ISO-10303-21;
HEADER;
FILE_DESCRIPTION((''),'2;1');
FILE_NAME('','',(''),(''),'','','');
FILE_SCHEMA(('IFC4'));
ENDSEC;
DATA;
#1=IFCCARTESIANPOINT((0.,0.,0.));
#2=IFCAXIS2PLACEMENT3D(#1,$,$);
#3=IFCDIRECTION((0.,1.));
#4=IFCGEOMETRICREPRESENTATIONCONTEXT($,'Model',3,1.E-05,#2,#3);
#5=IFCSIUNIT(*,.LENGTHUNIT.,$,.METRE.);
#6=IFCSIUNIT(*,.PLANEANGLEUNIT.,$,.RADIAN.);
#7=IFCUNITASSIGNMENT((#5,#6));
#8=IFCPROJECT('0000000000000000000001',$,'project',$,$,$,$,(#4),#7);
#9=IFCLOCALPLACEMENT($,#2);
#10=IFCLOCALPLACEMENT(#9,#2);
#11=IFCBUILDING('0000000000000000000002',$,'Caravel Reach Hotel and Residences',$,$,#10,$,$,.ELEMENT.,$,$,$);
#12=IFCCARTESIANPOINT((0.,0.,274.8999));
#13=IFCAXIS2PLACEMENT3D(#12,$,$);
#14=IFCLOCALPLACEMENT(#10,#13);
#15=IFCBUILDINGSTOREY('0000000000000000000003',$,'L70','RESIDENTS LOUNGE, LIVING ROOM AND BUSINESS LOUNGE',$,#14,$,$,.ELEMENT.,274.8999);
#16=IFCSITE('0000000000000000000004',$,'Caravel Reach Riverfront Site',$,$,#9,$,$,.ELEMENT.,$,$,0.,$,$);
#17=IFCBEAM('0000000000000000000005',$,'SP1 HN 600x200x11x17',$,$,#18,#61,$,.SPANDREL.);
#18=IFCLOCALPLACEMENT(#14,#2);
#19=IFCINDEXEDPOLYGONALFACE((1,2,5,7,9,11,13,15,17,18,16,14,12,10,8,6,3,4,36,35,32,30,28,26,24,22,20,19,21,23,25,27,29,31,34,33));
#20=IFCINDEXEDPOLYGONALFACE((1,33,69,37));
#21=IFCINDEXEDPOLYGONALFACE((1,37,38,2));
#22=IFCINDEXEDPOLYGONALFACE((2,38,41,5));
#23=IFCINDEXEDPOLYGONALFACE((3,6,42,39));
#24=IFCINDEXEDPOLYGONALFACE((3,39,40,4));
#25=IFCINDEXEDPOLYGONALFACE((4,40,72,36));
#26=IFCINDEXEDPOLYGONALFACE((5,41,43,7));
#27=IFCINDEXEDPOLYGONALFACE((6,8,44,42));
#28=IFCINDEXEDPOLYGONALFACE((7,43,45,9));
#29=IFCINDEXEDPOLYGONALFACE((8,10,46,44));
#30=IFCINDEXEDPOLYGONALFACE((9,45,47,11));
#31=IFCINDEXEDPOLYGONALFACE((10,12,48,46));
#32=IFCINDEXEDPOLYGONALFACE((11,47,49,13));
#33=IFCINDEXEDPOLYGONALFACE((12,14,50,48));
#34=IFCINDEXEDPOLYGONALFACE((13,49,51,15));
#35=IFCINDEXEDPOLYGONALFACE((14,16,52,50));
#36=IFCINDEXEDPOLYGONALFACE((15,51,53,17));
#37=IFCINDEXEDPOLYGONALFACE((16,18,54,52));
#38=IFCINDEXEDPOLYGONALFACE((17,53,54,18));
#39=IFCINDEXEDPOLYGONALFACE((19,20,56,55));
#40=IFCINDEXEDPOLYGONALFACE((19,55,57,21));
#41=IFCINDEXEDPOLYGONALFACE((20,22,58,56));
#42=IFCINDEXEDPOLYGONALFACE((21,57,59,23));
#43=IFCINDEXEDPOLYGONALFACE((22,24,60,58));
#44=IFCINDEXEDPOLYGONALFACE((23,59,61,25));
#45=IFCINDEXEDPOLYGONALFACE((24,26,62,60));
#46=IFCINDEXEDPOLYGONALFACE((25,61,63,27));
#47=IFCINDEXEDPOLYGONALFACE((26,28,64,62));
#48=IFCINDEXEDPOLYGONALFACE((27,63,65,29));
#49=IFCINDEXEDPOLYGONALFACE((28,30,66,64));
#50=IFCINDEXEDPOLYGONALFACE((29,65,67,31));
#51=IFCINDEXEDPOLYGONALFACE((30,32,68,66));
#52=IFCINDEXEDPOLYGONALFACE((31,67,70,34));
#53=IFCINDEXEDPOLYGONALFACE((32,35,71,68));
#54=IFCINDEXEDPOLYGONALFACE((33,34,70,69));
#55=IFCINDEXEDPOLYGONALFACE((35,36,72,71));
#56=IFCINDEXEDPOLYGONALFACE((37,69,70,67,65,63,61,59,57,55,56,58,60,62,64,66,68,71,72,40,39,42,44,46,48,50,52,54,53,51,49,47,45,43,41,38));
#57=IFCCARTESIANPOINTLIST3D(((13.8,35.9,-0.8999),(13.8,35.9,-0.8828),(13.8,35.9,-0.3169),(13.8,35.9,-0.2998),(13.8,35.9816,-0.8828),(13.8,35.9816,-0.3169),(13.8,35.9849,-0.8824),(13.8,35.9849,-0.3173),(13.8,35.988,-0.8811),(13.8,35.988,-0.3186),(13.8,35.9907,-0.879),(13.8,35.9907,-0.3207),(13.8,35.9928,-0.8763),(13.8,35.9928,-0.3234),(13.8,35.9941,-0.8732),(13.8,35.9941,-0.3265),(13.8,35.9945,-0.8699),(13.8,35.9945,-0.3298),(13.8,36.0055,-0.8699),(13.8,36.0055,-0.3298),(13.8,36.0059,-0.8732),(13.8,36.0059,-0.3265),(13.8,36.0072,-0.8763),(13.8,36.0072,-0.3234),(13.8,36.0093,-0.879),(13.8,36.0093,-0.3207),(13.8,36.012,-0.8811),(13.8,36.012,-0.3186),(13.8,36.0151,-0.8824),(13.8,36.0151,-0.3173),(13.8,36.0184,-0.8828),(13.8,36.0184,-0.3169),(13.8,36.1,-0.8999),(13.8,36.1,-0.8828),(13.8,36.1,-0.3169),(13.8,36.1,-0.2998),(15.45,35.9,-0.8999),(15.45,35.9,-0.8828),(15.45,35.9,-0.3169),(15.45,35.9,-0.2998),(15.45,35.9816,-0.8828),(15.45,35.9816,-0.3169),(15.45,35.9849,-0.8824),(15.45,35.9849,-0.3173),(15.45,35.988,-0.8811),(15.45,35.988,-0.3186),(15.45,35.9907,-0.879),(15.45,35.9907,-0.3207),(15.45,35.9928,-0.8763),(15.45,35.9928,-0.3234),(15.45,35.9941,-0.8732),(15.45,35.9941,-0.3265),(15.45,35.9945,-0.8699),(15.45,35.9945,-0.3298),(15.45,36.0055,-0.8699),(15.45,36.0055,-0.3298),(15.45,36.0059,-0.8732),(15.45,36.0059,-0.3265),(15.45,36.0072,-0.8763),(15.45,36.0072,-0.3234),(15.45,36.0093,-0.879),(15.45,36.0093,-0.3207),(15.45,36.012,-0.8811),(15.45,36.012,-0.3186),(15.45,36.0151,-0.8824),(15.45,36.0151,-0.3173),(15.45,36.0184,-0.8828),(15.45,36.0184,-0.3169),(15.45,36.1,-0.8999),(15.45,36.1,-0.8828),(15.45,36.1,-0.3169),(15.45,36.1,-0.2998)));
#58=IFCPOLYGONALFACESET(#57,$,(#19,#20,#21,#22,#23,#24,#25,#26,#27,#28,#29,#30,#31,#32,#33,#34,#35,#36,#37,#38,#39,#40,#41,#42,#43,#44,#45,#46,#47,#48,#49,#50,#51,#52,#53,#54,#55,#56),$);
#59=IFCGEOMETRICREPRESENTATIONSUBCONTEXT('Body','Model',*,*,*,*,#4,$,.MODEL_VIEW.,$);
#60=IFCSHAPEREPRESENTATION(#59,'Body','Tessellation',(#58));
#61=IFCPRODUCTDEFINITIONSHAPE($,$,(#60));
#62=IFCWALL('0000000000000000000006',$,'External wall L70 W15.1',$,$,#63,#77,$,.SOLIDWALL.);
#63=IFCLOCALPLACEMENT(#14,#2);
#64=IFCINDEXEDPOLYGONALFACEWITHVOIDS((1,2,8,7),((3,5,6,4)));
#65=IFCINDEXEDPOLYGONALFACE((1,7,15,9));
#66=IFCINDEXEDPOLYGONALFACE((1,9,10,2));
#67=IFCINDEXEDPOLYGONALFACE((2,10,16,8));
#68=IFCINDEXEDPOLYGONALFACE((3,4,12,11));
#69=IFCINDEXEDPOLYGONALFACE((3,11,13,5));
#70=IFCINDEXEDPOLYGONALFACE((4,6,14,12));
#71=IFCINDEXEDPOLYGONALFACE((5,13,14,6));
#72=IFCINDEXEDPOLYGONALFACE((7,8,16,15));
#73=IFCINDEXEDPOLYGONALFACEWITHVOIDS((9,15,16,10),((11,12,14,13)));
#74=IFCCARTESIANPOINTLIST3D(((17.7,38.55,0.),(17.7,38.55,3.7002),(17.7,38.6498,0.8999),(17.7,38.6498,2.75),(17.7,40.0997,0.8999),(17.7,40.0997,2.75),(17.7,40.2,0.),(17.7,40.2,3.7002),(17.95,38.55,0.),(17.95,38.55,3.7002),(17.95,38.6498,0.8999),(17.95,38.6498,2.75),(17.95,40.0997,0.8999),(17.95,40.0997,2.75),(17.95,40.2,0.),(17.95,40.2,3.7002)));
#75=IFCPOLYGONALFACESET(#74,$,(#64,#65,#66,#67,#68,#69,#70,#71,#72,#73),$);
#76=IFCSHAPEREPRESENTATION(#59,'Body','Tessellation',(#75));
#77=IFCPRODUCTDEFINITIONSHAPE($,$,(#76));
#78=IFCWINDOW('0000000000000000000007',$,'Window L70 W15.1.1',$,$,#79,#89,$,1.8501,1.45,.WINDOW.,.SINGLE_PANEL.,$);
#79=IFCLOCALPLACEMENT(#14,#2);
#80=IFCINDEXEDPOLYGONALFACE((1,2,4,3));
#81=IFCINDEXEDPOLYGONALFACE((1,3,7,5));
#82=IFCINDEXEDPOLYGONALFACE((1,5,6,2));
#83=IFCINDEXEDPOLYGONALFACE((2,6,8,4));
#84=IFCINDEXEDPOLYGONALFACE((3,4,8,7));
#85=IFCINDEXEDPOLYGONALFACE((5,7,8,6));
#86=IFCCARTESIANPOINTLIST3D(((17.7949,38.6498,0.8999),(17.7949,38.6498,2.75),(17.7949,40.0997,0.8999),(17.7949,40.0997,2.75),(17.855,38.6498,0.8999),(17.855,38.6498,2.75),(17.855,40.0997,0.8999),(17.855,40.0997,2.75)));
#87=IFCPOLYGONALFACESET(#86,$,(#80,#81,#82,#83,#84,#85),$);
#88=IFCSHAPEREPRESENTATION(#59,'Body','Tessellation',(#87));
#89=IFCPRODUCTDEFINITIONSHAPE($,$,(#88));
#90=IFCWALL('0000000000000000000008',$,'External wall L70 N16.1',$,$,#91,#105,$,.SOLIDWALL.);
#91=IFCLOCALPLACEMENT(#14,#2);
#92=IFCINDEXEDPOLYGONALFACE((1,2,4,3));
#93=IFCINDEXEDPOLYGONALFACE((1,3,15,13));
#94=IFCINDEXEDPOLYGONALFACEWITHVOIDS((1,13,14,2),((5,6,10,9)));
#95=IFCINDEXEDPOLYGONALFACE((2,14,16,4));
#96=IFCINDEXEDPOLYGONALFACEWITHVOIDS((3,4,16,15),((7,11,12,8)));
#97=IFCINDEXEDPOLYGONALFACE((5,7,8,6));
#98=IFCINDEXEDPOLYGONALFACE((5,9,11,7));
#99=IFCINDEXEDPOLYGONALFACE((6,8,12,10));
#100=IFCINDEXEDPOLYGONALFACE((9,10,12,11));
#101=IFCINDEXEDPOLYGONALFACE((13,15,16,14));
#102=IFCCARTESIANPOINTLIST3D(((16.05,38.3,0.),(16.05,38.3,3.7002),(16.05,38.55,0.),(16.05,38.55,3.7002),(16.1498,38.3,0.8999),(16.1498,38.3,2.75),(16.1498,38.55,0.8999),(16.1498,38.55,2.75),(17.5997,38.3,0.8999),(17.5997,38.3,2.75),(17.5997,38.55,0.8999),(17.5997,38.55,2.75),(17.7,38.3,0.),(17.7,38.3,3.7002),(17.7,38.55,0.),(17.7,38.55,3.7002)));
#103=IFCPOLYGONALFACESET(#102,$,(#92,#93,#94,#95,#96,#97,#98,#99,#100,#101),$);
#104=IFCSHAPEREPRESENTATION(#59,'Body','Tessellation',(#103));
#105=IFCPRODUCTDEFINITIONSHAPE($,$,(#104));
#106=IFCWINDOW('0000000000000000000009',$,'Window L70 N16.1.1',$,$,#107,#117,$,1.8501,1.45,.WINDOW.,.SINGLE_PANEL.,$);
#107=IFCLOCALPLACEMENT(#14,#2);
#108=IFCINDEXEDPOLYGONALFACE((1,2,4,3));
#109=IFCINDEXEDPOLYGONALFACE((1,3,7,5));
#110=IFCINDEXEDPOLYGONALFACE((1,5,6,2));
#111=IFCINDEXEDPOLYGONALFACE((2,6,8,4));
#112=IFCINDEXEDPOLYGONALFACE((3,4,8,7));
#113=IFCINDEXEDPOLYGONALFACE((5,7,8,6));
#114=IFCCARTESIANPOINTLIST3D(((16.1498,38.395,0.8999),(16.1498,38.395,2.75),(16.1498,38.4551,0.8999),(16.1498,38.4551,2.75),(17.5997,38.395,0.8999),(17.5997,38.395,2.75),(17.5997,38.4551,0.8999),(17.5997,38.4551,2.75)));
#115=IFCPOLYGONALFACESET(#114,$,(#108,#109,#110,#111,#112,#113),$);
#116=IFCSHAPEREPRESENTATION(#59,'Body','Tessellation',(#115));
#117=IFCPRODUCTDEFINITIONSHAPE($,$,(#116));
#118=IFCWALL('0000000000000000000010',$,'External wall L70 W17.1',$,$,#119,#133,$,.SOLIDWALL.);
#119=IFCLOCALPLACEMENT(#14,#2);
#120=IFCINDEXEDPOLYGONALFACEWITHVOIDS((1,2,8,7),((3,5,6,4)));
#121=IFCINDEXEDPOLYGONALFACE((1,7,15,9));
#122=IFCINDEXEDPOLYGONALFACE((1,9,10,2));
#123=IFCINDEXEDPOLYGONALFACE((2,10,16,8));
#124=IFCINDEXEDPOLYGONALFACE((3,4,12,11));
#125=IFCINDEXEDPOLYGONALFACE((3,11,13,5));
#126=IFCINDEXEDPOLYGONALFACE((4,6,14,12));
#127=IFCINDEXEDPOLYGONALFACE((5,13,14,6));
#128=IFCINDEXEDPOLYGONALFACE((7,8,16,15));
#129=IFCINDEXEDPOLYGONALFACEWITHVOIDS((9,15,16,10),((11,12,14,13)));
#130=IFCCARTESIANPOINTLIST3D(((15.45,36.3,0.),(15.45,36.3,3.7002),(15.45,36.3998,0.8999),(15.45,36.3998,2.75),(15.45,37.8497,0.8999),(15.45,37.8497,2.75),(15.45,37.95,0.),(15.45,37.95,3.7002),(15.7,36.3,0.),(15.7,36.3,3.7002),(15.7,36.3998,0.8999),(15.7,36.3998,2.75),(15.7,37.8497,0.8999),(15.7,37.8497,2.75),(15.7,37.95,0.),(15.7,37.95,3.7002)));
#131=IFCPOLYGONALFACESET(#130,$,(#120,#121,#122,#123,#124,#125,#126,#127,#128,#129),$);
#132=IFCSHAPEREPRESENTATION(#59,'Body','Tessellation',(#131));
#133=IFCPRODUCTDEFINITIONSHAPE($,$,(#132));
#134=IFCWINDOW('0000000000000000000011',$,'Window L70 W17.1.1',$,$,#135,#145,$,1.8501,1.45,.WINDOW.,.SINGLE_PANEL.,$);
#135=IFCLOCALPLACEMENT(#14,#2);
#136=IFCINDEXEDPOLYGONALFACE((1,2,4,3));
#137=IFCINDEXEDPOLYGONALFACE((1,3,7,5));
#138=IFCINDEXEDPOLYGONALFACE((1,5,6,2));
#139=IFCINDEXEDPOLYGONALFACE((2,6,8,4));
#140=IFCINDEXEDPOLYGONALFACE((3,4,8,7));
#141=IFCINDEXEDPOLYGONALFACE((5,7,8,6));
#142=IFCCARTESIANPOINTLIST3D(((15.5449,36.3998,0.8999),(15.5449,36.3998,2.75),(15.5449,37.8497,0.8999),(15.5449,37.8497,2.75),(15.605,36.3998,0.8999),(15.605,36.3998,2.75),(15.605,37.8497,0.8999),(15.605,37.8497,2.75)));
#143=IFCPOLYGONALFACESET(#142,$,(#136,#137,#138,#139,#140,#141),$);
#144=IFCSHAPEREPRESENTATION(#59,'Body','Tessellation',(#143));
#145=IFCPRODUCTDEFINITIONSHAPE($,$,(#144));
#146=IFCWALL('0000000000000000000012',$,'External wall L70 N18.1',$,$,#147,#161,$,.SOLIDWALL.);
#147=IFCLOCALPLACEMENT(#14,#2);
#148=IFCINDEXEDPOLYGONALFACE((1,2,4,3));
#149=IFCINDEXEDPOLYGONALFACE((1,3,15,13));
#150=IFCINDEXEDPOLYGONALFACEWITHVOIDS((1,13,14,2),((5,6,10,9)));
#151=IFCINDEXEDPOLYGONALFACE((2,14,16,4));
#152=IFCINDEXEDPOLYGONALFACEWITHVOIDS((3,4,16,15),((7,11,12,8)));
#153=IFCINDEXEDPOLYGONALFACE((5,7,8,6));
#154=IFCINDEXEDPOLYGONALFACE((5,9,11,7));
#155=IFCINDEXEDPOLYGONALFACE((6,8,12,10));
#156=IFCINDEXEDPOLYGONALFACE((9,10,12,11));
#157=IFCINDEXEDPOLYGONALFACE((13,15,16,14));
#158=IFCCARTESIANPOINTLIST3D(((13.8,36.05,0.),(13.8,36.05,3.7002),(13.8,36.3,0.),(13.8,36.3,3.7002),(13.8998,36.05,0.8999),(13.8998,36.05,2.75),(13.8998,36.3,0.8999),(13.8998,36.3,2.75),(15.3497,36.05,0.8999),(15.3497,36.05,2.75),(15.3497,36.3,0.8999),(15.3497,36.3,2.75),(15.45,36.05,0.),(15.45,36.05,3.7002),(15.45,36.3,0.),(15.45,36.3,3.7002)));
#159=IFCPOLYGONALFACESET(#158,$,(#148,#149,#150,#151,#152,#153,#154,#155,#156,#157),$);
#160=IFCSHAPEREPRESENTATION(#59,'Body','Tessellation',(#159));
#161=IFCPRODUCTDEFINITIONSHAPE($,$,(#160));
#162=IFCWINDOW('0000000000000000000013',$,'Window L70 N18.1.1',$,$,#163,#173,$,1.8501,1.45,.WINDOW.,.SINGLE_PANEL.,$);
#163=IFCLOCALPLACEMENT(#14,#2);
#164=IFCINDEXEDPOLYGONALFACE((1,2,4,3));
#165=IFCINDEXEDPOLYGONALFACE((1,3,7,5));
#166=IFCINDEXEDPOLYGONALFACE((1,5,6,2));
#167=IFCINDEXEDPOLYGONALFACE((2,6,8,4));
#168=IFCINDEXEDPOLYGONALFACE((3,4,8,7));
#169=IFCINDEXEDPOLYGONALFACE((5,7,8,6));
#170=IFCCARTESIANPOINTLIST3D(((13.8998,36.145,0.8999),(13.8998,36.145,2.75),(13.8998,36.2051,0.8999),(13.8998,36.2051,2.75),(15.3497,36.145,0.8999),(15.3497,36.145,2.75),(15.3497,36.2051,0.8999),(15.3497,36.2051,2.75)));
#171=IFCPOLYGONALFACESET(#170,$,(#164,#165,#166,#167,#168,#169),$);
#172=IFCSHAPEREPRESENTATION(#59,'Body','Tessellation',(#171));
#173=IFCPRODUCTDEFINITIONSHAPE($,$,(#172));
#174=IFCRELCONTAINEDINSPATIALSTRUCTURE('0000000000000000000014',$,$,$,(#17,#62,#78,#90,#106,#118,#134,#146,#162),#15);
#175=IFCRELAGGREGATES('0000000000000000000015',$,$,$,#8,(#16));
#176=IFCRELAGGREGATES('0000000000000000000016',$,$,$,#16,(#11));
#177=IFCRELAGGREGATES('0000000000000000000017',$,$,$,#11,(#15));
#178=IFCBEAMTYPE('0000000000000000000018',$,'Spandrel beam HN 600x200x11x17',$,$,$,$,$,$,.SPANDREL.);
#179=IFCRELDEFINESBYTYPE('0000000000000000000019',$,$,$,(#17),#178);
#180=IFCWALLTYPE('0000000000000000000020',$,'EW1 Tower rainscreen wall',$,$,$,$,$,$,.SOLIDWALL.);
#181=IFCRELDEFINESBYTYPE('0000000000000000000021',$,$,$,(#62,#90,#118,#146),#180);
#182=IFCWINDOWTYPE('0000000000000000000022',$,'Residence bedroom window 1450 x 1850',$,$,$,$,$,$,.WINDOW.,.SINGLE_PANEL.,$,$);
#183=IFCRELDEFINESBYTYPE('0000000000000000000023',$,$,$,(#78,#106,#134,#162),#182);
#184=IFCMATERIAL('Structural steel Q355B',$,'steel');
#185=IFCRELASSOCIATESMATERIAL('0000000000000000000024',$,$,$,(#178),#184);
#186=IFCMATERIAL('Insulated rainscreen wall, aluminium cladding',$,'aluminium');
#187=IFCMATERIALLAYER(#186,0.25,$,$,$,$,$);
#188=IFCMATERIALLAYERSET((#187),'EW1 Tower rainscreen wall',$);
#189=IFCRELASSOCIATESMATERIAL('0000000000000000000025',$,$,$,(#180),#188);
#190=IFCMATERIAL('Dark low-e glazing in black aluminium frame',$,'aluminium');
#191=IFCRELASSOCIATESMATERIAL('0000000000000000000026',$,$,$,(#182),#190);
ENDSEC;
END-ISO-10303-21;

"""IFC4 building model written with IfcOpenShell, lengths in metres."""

from ifc_helpers import new_model, si_unit, direction, frame, frame_2d, origin, origin_2d, place, context, subcontext, project, spatial, rectangle, i_section, extrude, material, layer, layer_set, material_profile, profile_set, type_object, element, fill, save


model = new_model("IFC4")

# Units and contexts
model_context = context("Model", 3, precision=1e-05, world=origin(), true_north=direction((0.0, 1.0)))
body_context = subcontext(model_context, "Body", "Model", "MODEL_VIEW")
ifc_project = project(units=[si_unit("LENGTHUNIT", "METRE"), si_unit("PLANEANGLEUNIT", "RADIAN")], contexts=[model_context])

# Site, building, storey
site_placement = place(None, origin())
site = spatial("IfcSite", under=ifc_project, at=site_placement, Name="Caravel Reach Riverfront Site", CompositionType="ELEMENT", RefElevation=0.0)
building_placement = place(site_placement, origin())
building = spatial("IfcBuilding", under=site, at=building_placement, Name="Caravel Reach Hotel and Residences", CompositionType="ELEMENT")
storey_placement = place(building_placement, frame((0.0, 0.0, 274.8999)))
storey = spatial("IfcBuildingStorey", under=building, at=storey_placement, Name="L70", Description="RESIDENTS LOUNGE, LIVING ROOM AND BUSINESS LOUNGE", CompositionType="ELEMENT", Elevation=274.8999)

# Beam
ifc_material_1 = material(Name="Structural steel Q355B", Category="steel")
ifc_material_profile_1 = material_profile(ifc_material_1, i_section(OverallWidth=0.2, OverallDepth=0.6001, WebThickness=0.011, FlangeThickness=0.0171, FilletRadius=0.0129, at=origin_2d()), Name="HN 600x200x11x17")
ifc_profile_set_1 = profile_set([ifc_material_profile_1], Name="Structural steel Q355B")
beam_type = type_object("IfcBeamType", Name="Spandrel beam HN 600x200x11x17", PredefinedType="SPANDREL", material=ifc_profile_set_1)
for number, where, z_axis, x_axis, name in (
    (1, (15.45, 36.0, -0.5999), (-1.0, 0.0, 0.0), (0.0, -1.0, 0.0), "SP1 HN 600x200x11x17"),
):
    element("IfcBeam", number, at=place(storey_placement, frame(where, z_axis=z_axis, x_axis=x_axis)), inside=storey, type_object=beam_type, Name=name, PredefinedType="SPANDREL", context=body_context, shape_type="SweptSolid", body=[
        extrude(i_section(OverallWidth=0.2, OverallDepth=0.6001, WebThickness=0.011, FlangeThickness=0.0171, FilletRadius=0.0129, at=origin_2d()), origin(), (0.0, 0.0, 1.0), 1.6499),
    ])

# Walls, openings, windows
ifc_material_2 = material(Name="Insulated rainscreen wall, aluminium cladding", Category="aluminium")
ifc_layer_1 = layer(ifc_material_2, 0.25)
ifc_layer_set_1 = layer_set([ifc_layer_1], Name="EW1 Tower rainscreen wall")
wall_type_1 = type_object("IfcWallType", Name="EW1 Tower rainscreen wall", PredefinedType="SOLIDWALL", material=ifc_layer_set_1)
wall_1_placement = place(storey_placement, frame((17.825, 40.2, 0.0), z_axis=(0.0, 0.0, 1.0), x_axis=(0.0, -1.0, 0.0)))
wall_1 = element("IfcWall", 2, at=wall_1_placement, inside=storey, type_object=wall_type_1, Name="External wall L70 W15.1", PredefinedType="SOLIDWALL", context=body_context, shape_type="SweptSolid", body=[
    extrude(rectangle(XDim=1.6499, YDim=0.25, at=frame_2d((0.825, 0.0))), origin(), (0.0, 0.0, 1.0), 3.7002),
])
opening_1_placement = place(wall_1_placement, frame((0.1001, 0.0, 0.8999)))
opening_1 = element("IfcOpeningElement", 3, at=opening_1_placement, cuts=wall_1, PredefinedType="OPENING", context=body_context, shape_type="SweptSolid", body=[
    extrude(rectangle(XDim=1.45, YDim=1.8501, at=frame_2d((0.7251, 0.925))), frame((0.0, 0.135, 0.0), z_axis=(0.0, -1.0, 0.0), x_axis=(1.0, 0.0, 0.0)), (0.0, 0.0, 1.0), 0.27),
])
ifc_material_3 = material(Name="Dark low-e glazing in black aluminium frame", Category="aluminium")
window_type = type_object("IfcWindowType", Name="Residence bedroom window 1450 x 1850", PartitioningType="SINGLE_PANEL", PredefinedType="WINDOW", material=ifc_material_3)
window_1_placement = place(opening_1_placement, origin())
window_1 = element("IfcWindow", 4, at=window_1_placement, inside=storey, type_object=window_type, Name="Window L70 W15.1.1", OverallHeight=1.8501, OverallWidth=1.45, PartitioningType="SINGLE_PANEL", PredefinedType="WINDOW", context=body_context, shape_type="SweptSolid", body=[
    extrude(rectangle(XDim=1.45, YDim=1.8501, at=frame_2d((0.7251, 0.925))), frame((0.0, 0.03, 0.0), z_axis=(0.0, -1.0, 0.0), x_axis=(1.0, 0.0, 0.0)), (0.0, 0.0, 1.0), 0.0601),
])
fill(opening_1, window_1)
wall_2_placement = place(storey_placement, frame((17.7, 38.425, 0.0), z_axis=(0.0, 0.0, 1.0), x_axis=(-1.0, 0.0, 0.0)))
wall_2 = element("IfcWall", 5, at=wall_2_placement, inside=storey, type_object=wall_type_1, Name="External wall L70 N16.1", PredefinedType="SOLIDWALL", context=body_context, shape_type="SweptSolid", body=[
    extrude(rectangle(XDim=1.6499, YDim=0.25, at=frame_2d((0.825, 0.0))), origin(), (0.0, 0.0, 1.0), 3.7002),
])
opening_2_placement = place(wall_2_placement, frame((0.1001, 0.0, 0.8999)))
opening_2 = element("IfcOpeningElement", 6, at=opening_2_placement, cuts=wall_2, PredefinedType="OPENING", context=body_context, shape_type="SweptSolid", body=[
    extrude(rectangle(XDim=1.45, YDim=1.8501, at=frame_2d((0.7251, 0.925))), frame((0.0, 0.135, 0.0), z_axis=(0.0, -1.0, 0.0), x_axis=(1.0, 0.0, 0.0)), (0.0, 0.0, 1.0), 0.27),
])
window_2_placement = place(opening_2_placement, origin())
window_2 = element("IfcWindow", 7, at=window_2_placement, inside=storey, type_object=window_type, Name="Window L70 N16.1.1", OverallHeight=1.8501, OverallWidth=1.45, PartitioningType="SINGLE_PANEL", PredefinedType="WINDOW", context=body_context, shape_type="SweptSolid", body=[
    extrude(rectangle(XDim=1.45, YDim=1.8501, at=frame_2d((0.7251, 0.925))), frame((0.0, 0.03, 0.0), z_axis=(0.0, -1.0, 0.0), x_axis=(1.0, 0.0, 0.0)), (0.0, 0.0, 1.0), 0.0601),
])
fill(opening_2, window_2)
wall_3_placement = place(storey_placement, frame((15.575, 37.95, 0.0), z_axis=(0.0, 0.0, 1.0), x_axis=(0.0, -1.0, 0.0)))
wall_3 = element("IfcWall", 8, at=wall_3_placement, inside=storey, type_object=wall_type_1, Name="External wall L70 W17.1", PredefinedType="SOLIDWALL", context=body_context, shape_type="SweptSolid", body=[
    extrude(rectangle(XDim=1.6499, YDim=0.25, at=frame_2d((0.825, 0.0))), origin(), (0.0, 0.0, 1.0), 3.7002),
])
opening_3_placement = place(wall_3_placement, frame((0.1001, 0.0, 0.8999)))
opening_3 = element("IfcOpeningElement", 9, at=opening_3_placement, cuts=wall_3, PredefinedType="OPENING", context=body_context, shape_type="SweptSolid", body=[
    extrude(rectangle(XDim=1.45, YDim=1.8501, at=frame_2d((0.7251, 0.925))), frame((0.0, 0.135, 0.0), z_axis=(0.0, -1.0, 0.0), x_axis=(1.0, 0.0, 0.0)), (0.0, 0.0, 1.0), 0.27),
])
window_3_placement = place(opening_3_placement, origin())
window_3 = element("IfcWindow", 10, at=window_3_placement, inside=storey, type_object=window_type, Name="Window L70 W17.1.1", OverallHeight=1.8501, OverallWidth=1.45, PartitioningType="SINGLE_PANEL", PredefinedType="WINDOW", context=body_context, shape_type="SweptSolid", body=[
    extrude(rectangle(XDim=1.45, YDim=1.8501, at=frame_2d((0.7251, 0.925))), frame((0.0, 0.03, 0.0), z_axis=(0.0, -1.0, 0.0), x_axis=(1.0, 0.0, 0.0)), (0.0, 0.0, 1.0), 0.0601),
])
fill(opening_3, window_3)
wall_4_placement = place(storey_placement, frame((15.45, 36.175, 0.0), z_axis=(0.0, 0.0, 1.0), x_axis=(-1.0, 0.0, 0.0)))
wall_4 = element("IfcWall", 11, at=wall_4_placement, inside=storey, type_object=wall_type_1, Name="External wall L70 N18.1", PredefinedType="SOLIDWALL", context=body_context, shape_type="SweptSolid", body=[
    extrude(rectangle(XDim=1.6499, YDim=0.25, at=frame_2d((0.825, 0.0))), origin(), (0.0, 0.0, 1.0), 3.7002),
])
opening_4_placement = place(wall_4_placement, frame((0.1001, 0.0, 0.8999)))
opening_4 = element("IfcOpeningElement", 12, at=opening_4_placement, cuts=wall_4, PredefinedType="OPENING", context=body_context, shape_type="SweptSolid", body=[
    extrude(rectangle(XDim=1.45, YDim=1.8501, at=frame_2d((0.7251, 0.925))), frame((0.0, 0.135, 0.0), z_axis=(0.0, -1.0, 0.0), x_axis=(1.0, 0.0, 0.0)), (0.0, 0.0, 1.0), 0.27),
])
window_4_placement = place(opening_4_placement, origin())
window_4 = element("IfcWindow", 13, at=window_4_placement, inside=storey, type_object=window_type, Name="Window L70 N18.1.1", OverallHeight=1.8501, OverallWidth=1.45, PartitioningType="SINGLE_PANEL", PredefinedType="WINDOW", context=body_context, shape_type="SweptSolid", body=[
    extrude(rectangle(XDim=1.45, YDim=1.8501, at=frame_2d((0.7251, 0.925))), frame((0.0, 0.03, 0.0), z_axis=(0.0, -1.0, 0.0), x_axis=(1.0, 0.0, 0.0)), (0.0, 0.0, 1.0), 0.0601),
])
fill(opening_4, window_4)

save(model, "model.ifc")
